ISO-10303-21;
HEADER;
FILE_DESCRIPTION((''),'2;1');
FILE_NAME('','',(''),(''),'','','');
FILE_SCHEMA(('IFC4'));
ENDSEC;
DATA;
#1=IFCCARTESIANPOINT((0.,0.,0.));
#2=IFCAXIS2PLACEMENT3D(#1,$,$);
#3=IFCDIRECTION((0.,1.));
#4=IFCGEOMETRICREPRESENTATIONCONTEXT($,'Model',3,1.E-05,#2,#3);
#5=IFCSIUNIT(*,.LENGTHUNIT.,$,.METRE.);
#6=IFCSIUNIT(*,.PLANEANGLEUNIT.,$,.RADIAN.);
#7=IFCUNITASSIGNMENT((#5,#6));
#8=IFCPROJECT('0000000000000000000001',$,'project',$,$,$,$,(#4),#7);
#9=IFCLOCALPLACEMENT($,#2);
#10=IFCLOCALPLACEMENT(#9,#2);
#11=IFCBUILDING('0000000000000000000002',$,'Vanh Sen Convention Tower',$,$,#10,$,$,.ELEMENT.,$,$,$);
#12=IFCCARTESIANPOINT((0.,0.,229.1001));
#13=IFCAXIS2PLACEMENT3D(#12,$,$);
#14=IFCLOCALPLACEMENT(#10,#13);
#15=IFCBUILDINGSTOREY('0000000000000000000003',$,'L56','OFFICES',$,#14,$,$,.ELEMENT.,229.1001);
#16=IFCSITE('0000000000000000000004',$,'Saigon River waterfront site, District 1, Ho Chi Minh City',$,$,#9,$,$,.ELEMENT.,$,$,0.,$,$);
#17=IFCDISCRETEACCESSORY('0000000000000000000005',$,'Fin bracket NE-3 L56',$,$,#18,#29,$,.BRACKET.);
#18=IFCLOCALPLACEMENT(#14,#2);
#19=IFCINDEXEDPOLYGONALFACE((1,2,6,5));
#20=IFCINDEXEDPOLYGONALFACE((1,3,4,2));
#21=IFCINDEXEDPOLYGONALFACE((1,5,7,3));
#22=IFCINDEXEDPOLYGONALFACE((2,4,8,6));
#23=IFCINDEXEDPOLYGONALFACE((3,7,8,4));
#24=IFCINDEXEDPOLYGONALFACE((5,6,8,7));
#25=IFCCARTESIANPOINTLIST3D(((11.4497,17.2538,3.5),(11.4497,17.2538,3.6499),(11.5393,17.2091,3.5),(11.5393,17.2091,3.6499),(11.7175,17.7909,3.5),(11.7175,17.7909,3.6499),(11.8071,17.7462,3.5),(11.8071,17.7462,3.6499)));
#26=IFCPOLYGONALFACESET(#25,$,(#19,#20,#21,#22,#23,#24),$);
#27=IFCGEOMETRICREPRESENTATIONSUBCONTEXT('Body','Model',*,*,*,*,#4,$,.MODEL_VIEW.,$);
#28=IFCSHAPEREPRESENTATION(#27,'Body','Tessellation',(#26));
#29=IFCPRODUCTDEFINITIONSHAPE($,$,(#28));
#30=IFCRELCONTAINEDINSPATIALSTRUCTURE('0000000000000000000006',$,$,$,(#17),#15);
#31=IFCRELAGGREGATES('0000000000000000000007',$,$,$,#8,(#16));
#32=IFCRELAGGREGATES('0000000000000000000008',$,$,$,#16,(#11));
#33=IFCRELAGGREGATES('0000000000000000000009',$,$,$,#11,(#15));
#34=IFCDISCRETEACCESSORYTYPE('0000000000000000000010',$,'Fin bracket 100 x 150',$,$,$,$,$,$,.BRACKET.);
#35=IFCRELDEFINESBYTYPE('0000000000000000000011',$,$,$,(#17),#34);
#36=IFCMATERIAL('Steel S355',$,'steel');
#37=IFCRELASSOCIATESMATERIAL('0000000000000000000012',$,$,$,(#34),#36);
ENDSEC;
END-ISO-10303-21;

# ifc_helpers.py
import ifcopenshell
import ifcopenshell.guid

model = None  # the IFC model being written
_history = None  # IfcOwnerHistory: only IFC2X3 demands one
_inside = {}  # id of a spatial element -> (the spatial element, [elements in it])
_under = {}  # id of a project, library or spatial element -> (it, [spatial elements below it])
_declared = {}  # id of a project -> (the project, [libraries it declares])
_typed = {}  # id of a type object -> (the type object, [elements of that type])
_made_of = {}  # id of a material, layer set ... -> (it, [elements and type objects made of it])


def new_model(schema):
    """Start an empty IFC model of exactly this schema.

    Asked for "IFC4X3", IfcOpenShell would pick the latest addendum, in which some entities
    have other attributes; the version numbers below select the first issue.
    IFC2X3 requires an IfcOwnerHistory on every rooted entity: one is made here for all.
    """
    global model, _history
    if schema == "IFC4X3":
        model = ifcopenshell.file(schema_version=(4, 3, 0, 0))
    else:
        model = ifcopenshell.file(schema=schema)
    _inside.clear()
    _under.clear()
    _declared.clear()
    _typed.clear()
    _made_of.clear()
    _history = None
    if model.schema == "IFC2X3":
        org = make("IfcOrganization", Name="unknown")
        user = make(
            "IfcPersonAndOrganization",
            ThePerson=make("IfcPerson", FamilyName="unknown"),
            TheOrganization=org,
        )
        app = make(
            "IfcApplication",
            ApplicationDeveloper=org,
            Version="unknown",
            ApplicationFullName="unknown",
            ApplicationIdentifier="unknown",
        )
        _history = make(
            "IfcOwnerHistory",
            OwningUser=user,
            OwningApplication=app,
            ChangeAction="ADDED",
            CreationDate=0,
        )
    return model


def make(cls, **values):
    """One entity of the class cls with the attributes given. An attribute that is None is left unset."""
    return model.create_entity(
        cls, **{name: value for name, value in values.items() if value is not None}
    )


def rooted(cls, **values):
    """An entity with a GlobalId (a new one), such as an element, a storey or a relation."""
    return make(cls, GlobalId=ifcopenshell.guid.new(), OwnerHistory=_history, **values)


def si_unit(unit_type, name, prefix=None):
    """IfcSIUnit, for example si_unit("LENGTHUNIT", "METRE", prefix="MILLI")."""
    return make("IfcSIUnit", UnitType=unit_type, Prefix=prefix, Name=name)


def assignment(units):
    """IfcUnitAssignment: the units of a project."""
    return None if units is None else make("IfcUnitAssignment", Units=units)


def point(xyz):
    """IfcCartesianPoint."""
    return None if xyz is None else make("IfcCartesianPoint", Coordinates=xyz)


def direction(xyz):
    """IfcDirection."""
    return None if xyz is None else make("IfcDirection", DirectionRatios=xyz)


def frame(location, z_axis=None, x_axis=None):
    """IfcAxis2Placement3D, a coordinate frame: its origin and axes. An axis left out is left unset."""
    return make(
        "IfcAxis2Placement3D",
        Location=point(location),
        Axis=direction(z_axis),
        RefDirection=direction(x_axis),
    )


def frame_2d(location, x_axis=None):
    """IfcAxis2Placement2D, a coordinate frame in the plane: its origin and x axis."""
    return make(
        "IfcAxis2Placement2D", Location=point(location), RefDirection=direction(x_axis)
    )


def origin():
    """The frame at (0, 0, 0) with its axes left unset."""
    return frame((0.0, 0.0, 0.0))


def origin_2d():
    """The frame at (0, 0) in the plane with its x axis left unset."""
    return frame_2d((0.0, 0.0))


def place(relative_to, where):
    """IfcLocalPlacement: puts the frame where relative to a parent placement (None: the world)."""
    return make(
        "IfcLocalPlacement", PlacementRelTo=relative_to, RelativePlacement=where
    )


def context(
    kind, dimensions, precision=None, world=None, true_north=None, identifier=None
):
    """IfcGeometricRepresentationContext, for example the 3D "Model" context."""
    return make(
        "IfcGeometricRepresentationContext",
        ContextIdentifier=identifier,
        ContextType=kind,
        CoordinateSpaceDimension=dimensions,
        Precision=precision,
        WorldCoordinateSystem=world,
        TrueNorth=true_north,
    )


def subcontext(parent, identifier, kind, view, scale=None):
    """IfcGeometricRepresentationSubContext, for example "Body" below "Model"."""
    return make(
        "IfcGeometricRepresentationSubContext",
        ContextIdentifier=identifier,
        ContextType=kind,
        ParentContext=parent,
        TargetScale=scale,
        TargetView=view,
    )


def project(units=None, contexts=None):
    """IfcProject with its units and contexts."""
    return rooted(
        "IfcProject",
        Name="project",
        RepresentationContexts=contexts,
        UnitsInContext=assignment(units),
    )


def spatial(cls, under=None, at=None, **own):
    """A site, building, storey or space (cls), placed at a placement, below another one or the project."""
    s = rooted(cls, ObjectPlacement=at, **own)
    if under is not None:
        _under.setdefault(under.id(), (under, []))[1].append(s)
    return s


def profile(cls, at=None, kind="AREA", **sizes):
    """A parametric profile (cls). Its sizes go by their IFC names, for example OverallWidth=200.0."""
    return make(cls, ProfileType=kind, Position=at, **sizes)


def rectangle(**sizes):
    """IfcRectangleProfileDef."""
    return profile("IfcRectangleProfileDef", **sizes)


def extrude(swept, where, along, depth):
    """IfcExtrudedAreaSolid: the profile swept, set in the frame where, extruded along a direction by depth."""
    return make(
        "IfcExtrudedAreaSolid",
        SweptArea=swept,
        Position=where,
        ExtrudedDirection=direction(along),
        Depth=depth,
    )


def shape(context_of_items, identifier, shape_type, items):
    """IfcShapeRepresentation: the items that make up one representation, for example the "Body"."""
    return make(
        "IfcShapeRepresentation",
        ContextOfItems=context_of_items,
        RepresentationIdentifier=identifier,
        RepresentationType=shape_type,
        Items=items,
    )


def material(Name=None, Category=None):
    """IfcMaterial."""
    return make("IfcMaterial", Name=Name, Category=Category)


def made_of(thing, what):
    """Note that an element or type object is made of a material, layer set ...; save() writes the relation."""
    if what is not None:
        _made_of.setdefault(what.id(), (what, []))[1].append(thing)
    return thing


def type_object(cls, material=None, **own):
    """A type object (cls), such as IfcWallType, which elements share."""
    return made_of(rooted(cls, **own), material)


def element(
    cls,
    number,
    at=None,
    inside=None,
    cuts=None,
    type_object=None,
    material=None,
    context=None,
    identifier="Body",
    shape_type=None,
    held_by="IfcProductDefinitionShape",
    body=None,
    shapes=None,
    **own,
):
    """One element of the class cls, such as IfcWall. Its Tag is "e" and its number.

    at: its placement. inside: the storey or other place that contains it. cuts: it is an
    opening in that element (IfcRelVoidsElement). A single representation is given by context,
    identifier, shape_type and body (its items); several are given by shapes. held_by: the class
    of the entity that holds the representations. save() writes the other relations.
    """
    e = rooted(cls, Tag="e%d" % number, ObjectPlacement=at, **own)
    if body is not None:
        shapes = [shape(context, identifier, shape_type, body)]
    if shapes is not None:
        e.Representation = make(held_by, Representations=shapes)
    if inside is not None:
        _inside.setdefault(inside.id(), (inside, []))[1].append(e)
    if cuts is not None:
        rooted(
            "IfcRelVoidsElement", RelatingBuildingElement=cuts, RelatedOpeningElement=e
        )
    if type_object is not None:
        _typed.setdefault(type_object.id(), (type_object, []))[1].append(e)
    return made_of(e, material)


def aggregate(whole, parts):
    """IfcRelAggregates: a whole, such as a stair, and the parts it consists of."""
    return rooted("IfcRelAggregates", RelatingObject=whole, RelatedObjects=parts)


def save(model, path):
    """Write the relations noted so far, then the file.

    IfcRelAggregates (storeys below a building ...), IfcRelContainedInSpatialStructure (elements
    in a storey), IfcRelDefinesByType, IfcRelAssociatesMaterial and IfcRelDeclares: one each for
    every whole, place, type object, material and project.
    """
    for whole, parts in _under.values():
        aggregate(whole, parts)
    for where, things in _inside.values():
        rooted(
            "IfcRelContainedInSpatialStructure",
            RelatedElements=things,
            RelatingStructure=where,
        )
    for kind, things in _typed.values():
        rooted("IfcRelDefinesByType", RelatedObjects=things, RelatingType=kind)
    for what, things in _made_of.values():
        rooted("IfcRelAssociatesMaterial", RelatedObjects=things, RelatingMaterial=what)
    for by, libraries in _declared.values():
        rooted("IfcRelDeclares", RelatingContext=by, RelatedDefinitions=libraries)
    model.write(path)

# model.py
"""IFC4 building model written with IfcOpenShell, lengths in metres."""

from ifc_helpers import new_model, si_unit, direction, frame, origin, origin_2d, place, context, subcontext, project, spatial, rectangle, extrude, material, type_object, element, save


model = new_model("IFC4")

# Units and contexts
model_context = context("Model", 3, precision=1e-05, world=origin(), true_north=direction((0.0, 1.0)))
body_context = subcontext(model_context, "Body", "Model", "MODEL_VIEW")
ifc_project = project(units=[si_unit("LENGTHUNIT", "METRE"), si_unit("PLANEANGLEUNIT", "RADIAN")], contexts=[model_context])

# Site, building, storey
site_placement = place(None, origin())
site = spatial("IfcSite", under=ifc_project, at=site_placement, Name="Saigon River waterfront site, District 1, Ho Chi Minh City", CompositionType="ELEMENT", RefElevation=0.0)
building_placement = place(site_placement, origin())
building = spatial("IfcBuilding", under=site, at=building_placement, Name="Vanh Sen Convention Tower", CompositionType="ELEMENT")
storey_placement = place(building_placement, frame((0.0, 0.0, 229.1001)))
storey = spatial("IfcBuildingStorey", under=building, at=storey_placement, Name="L56", Description="OFFICES", CompositionType="ELEMENT", Elevation=229.1001)

# Discrete accessory
ifc_material_1 = material(Name="Steel S355", Category="steel")
discrete_accessory_type = type_object("IfcDiscreteAccessoryType", Name="Fin bracket 100 x 150", PredefinedType="BRACKET", material=ifc_material_1)
for number, where, z_axis, x_axis, name in (
    (1, (11.6284, 17.5, 3.5), (0.0, 0.0, 1.0), (0.446198, 0.894934, 0.0), "Fin bracket NE-3 L56"),
):
    element("IfcDiscreteAccessory", number, at=place(storey_placement, frame(where, z_axis=z_axis, x_axis=x_axis)), inside=storey, type_object=discrete_accessory_type, Name=name, PredefinedType="BRACKET", context=body_context, shape_type="SweptSolid", body=[
        extrude(rectangle(XDim=0.6001, YDim=0.1001, at=origin_2d()), origin(), (0.0, 0.0, 1.0), 0.1499),
    ])

save(model, "model.ifc")
